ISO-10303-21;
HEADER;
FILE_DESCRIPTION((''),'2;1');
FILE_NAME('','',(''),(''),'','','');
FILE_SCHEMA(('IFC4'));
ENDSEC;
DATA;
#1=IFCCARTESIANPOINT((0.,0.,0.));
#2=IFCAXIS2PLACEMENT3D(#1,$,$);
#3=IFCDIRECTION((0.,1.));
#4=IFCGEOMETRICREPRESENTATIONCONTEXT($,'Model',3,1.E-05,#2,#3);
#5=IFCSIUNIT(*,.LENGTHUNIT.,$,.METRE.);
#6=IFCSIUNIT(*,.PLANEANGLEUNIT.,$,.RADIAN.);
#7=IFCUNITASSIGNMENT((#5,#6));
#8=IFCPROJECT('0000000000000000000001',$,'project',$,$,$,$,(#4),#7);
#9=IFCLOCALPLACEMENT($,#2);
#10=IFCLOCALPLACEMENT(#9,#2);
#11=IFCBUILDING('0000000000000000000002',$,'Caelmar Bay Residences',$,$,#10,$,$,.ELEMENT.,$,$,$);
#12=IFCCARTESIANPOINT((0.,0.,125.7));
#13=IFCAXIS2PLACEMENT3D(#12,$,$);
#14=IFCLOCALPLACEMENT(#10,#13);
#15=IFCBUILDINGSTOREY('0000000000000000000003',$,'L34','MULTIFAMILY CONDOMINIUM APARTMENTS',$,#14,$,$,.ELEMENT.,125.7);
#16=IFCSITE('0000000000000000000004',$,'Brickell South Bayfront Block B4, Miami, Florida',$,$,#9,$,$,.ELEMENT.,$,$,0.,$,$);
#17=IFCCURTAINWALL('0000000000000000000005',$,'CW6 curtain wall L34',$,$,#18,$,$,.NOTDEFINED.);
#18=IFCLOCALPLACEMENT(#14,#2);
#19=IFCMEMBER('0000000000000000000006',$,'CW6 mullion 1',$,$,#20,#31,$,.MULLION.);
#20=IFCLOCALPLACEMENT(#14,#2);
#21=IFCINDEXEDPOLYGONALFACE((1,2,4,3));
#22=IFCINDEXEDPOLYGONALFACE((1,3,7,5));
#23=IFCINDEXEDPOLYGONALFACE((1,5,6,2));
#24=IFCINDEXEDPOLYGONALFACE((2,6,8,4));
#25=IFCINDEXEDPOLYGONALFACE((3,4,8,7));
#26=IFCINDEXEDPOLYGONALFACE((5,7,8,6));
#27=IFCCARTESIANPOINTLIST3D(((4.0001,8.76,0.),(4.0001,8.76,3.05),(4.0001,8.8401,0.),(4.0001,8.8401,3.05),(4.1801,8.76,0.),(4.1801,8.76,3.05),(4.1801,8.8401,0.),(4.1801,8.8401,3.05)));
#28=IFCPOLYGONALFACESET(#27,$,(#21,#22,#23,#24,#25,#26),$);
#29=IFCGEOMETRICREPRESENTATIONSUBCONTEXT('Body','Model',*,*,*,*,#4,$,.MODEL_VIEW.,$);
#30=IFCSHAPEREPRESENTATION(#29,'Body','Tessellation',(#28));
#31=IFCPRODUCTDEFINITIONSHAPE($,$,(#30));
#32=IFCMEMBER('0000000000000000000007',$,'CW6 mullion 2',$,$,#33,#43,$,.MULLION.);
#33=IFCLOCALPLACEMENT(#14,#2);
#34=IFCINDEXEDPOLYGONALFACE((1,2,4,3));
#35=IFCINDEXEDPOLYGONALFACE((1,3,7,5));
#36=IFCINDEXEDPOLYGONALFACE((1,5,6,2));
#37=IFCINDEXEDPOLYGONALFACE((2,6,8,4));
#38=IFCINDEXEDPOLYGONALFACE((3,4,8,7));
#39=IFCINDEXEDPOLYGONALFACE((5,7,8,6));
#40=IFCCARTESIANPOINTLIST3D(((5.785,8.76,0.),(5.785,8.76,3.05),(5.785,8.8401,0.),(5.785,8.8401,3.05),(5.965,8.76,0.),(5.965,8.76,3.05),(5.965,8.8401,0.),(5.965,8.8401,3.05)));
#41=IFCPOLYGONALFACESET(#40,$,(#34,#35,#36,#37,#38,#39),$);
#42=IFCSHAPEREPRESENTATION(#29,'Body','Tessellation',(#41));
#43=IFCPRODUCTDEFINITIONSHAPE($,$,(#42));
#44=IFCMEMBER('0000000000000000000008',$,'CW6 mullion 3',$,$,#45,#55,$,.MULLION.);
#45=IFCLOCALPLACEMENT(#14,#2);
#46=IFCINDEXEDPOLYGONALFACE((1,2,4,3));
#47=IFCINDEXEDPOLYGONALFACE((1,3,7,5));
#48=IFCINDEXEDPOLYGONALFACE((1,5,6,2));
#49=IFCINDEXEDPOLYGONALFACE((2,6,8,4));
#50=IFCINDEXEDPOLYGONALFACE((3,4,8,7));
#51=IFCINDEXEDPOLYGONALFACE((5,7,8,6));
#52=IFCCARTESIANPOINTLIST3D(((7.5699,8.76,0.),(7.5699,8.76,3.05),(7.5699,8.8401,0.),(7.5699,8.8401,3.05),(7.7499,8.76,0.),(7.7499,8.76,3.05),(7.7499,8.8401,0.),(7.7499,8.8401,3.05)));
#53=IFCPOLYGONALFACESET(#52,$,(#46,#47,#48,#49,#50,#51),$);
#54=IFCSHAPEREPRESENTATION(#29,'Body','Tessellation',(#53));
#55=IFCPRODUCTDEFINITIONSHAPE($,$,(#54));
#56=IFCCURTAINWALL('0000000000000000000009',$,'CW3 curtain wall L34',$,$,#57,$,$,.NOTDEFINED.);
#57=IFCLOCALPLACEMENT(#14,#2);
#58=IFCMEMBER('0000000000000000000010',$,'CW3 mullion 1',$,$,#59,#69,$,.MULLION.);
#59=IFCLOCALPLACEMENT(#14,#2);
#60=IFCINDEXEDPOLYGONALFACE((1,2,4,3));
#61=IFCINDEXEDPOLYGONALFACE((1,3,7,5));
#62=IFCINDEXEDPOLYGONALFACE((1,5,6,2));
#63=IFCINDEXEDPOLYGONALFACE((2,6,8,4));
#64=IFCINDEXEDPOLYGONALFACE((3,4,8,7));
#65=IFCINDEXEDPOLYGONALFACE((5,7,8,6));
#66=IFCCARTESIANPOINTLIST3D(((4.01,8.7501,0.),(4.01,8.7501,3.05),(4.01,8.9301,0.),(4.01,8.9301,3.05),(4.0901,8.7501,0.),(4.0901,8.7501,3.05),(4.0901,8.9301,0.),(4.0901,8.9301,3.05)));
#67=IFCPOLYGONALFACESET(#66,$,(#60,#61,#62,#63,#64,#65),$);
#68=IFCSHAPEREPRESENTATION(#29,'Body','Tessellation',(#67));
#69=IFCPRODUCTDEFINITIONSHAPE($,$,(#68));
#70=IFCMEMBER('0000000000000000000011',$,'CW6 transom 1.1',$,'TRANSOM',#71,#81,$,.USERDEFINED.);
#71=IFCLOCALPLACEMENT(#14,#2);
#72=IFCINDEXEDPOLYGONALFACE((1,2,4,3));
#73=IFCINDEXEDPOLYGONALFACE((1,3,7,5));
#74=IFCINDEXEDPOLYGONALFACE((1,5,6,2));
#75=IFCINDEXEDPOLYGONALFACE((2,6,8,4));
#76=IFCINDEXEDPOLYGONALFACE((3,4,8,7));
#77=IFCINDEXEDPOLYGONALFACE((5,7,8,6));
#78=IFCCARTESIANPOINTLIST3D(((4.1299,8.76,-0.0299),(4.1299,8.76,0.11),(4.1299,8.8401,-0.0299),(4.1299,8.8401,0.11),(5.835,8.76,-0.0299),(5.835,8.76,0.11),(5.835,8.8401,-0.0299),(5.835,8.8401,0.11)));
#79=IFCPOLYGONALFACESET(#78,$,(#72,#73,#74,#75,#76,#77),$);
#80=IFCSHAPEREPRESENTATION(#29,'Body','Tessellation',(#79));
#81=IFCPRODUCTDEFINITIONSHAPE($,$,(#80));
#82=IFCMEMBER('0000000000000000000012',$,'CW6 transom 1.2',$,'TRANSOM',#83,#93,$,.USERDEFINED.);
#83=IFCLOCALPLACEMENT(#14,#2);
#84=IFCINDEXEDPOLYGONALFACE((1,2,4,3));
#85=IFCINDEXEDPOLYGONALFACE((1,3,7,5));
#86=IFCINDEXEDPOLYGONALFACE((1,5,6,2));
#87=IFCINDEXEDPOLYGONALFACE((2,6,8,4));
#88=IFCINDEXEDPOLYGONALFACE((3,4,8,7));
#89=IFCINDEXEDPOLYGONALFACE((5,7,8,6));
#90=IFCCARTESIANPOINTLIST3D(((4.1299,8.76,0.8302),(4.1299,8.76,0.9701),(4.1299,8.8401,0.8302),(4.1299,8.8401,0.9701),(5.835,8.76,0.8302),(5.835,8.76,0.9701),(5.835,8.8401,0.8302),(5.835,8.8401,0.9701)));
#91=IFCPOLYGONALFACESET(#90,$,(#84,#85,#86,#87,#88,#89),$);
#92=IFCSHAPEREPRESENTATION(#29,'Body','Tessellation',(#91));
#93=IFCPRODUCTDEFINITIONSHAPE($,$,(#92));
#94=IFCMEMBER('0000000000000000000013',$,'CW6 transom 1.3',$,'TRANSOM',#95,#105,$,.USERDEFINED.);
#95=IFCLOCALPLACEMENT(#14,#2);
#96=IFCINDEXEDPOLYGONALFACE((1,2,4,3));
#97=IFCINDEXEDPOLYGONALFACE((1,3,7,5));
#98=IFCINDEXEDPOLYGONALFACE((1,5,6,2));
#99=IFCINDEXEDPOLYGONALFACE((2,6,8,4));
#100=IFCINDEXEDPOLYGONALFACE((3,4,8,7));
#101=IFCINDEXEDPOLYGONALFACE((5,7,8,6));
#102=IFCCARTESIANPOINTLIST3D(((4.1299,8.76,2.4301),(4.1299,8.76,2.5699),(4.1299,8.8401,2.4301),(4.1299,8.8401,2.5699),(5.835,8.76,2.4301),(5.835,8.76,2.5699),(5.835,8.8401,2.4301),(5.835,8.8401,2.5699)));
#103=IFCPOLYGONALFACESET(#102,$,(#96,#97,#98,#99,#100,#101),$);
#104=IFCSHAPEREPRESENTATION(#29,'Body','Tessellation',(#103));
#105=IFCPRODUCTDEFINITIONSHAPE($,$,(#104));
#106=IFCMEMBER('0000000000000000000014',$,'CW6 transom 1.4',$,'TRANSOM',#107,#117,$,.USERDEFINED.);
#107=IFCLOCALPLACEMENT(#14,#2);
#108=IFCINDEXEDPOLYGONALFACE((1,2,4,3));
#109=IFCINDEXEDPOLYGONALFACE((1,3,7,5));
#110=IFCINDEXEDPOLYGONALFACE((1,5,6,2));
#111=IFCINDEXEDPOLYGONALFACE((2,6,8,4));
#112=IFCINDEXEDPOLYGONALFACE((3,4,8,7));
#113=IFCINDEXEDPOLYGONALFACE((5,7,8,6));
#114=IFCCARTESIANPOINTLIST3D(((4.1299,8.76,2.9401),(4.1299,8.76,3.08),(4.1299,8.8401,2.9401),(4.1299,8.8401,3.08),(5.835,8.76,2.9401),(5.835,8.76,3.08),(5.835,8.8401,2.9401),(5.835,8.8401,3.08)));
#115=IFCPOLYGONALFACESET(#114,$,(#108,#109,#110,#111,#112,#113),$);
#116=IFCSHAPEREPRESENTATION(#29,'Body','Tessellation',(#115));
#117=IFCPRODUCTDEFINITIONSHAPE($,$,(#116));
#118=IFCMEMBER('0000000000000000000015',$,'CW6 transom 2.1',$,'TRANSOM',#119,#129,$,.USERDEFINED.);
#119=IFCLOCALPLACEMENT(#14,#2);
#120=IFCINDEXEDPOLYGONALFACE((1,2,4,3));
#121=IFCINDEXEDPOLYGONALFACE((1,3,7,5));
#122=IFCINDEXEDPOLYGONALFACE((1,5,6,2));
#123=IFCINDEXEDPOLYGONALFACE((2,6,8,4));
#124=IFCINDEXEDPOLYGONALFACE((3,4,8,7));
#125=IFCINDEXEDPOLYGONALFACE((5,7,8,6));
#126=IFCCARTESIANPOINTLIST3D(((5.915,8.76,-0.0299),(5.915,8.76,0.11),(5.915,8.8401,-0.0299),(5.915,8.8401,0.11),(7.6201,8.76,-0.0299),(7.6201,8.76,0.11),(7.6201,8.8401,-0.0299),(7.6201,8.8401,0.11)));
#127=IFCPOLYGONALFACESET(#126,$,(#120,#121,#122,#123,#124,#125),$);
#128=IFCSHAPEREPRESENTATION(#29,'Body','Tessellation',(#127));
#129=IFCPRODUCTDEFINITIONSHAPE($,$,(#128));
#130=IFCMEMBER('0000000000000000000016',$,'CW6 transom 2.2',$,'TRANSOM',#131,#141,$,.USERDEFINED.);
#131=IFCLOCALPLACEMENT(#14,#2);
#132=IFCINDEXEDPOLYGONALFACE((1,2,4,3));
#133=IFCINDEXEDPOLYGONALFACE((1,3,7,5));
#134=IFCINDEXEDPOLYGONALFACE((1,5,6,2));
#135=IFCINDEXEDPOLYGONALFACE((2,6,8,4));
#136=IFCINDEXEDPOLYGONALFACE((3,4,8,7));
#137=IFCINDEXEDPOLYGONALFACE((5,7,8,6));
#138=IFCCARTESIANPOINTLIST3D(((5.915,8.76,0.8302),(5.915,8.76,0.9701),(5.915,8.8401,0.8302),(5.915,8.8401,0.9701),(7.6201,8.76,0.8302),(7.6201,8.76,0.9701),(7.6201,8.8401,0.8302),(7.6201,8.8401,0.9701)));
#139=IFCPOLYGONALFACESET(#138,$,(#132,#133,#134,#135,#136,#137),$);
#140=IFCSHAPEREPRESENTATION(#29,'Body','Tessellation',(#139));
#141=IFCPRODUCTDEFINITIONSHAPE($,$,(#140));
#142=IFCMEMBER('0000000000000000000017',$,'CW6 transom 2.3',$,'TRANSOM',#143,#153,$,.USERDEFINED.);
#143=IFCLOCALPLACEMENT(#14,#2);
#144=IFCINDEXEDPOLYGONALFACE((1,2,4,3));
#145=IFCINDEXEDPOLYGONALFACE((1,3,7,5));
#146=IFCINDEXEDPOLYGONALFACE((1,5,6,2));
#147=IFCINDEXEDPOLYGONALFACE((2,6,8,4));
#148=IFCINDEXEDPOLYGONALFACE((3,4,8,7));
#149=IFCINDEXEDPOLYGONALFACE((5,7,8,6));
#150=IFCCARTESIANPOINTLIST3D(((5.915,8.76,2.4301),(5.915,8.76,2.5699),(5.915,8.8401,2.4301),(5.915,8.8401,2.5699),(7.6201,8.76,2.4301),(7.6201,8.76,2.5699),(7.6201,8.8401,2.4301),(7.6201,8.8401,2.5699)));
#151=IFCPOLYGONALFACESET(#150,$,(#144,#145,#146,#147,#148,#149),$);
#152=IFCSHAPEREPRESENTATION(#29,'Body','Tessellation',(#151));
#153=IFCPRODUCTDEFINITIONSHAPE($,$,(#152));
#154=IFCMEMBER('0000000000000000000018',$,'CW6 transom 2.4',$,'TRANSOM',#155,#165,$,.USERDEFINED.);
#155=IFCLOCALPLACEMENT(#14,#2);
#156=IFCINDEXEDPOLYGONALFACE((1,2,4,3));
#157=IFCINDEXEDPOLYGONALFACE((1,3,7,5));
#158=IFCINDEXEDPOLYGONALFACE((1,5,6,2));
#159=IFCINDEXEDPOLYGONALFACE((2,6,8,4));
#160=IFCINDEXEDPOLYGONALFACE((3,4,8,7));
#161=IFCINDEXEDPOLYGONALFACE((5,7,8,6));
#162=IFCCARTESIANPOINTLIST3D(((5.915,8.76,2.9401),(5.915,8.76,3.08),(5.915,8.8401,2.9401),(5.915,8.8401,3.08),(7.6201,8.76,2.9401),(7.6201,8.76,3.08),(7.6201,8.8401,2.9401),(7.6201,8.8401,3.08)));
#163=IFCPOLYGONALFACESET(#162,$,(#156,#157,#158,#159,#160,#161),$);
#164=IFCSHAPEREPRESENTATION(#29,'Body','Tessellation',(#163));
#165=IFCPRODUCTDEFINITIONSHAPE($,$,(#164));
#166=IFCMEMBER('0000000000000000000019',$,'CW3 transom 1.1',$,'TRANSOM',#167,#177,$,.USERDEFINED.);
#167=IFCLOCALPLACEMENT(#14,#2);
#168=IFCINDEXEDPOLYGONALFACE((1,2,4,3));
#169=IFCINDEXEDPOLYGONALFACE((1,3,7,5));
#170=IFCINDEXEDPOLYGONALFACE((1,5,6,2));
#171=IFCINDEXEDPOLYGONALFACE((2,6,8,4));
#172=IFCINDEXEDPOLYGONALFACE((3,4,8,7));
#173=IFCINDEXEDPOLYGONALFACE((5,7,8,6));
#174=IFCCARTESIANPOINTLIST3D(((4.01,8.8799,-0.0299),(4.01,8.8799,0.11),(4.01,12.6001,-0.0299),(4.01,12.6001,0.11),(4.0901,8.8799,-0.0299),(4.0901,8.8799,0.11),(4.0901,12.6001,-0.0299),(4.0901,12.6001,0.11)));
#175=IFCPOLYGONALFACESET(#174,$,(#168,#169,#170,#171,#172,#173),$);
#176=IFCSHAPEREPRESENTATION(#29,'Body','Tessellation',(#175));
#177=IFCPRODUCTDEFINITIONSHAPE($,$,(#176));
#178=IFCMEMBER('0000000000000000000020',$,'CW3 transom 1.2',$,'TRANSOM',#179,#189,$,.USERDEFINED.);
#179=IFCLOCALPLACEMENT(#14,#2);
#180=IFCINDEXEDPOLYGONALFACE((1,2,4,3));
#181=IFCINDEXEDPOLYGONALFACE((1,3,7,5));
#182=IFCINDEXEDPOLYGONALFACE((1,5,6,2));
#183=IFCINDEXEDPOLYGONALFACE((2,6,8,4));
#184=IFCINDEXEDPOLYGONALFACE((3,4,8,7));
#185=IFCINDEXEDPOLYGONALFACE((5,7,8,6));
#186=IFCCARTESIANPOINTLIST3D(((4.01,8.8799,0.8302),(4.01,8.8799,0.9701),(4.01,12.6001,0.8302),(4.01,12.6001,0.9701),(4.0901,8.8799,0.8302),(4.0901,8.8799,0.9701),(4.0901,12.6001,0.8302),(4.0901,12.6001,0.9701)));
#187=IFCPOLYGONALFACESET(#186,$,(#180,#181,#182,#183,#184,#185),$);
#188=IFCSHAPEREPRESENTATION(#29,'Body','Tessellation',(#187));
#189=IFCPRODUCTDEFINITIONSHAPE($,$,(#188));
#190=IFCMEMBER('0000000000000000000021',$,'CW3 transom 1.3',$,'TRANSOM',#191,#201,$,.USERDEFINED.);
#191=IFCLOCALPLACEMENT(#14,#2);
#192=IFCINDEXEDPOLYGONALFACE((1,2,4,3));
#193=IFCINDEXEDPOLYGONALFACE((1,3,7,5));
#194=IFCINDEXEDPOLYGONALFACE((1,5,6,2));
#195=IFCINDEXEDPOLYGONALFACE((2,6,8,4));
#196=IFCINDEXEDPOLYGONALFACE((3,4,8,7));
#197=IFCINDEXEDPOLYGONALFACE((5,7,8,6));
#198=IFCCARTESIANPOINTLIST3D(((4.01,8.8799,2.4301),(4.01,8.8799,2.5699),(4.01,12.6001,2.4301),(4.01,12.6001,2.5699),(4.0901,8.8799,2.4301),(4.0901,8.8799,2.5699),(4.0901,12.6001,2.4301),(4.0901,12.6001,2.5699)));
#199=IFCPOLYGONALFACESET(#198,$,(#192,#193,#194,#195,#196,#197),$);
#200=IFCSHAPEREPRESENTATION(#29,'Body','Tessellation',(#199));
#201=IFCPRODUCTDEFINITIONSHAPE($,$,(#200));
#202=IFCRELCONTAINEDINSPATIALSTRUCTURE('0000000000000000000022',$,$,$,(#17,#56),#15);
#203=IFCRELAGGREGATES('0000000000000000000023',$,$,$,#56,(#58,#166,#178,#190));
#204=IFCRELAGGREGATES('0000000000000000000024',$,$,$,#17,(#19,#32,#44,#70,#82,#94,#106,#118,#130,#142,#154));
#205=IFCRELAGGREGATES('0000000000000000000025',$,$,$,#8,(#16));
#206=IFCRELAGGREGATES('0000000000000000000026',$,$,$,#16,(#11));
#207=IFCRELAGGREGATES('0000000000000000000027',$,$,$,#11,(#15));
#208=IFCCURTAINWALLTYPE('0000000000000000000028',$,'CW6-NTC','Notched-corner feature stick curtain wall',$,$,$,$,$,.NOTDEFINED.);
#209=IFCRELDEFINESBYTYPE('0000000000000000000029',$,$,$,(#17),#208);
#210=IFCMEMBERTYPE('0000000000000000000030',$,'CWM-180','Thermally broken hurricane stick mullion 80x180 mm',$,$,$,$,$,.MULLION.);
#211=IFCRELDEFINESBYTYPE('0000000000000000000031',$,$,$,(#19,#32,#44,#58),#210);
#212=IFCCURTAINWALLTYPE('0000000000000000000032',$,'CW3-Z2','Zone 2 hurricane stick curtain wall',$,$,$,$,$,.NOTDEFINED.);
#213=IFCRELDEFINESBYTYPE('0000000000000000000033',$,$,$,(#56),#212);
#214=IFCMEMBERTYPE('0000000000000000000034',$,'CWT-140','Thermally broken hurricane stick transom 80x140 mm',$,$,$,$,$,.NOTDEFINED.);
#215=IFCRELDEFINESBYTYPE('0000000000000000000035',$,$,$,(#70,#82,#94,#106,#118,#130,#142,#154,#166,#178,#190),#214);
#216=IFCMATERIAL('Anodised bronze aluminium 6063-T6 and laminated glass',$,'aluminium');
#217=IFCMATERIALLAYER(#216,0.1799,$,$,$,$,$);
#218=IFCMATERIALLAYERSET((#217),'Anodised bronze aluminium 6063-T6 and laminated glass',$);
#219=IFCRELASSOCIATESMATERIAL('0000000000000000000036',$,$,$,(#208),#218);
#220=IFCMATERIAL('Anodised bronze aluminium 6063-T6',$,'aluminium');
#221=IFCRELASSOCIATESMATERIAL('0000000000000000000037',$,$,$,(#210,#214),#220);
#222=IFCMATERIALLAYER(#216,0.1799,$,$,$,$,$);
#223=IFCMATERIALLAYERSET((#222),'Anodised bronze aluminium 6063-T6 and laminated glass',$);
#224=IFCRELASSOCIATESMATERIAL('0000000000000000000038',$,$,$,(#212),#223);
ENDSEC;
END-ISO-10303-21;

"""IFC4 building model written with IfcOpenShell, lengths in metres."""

from ifc_helpers import new_model, si_unit, direction, frame, origin, origin_2d, place, context, subcontext, project, spatial, rectangle, extrude, material, layer, layer_set, material_profile, profile_set, type_object, element, aggregate, save


model = new_model("IFC4")

# Units and contexts
model_context = context("Model", 3, precision=1e-05, world=origin(), true_north=direction((0.0, 1.0)))
body_context = subcontext(model_context, "Body", "Model", "MODEL_VIEW")
ifc_project = project(units=[si_unit("LENGTHUNIT", "METRE"), si_unit("PLANEANGLEUNIT", "RADIAN")], contexts=[model_context])

# Site, building, storey
site_placement = place(None, origin())
site = spatial("IfcSite", under=ifc_project, at=site_placement, Name="Brickell South Bayfront Block B4, Miami, Florida", CompositionType="ELEMENT", RefElevation=0.0)
building_placement = place(site_placement, origin())
building = spatial("IfcBuilding", under=site, at=building_placement, Name="Caelmar Bay Residences", CompositionType="ELEMENT")
storey_placement = place(building_placement, frame((0.0, 0.0, 125.7)))
storey = spatial("IfcBuildingStorey", under=building, at=storey_placement, Name="L34", Description="MULTIFAMILY CONDOMINIUM APARTMENTS", CompositionType="ELEMENT", Elevation=125.7)

# Curtain wall, members
ifc_material_1 = material(Name="Anodised bronze aluminium 6063-T6 and laminated glass", Category="aluminium")
ifc_layer_1 = layer(ifc_material_1, 0.1799)
ifc_layer_set_1 = layer_set([ifc_layer_1], Name="Anodised bronze aluminium 6063-T6 and laminated glass")
curtain_wall_type_1 = type_object("IfcCurtainWallType", Name="CW6-NTC", Description="Notched-corner feature stick curtain wall", PredefinedType="NOTDEFINED", material=ifc_layer_set_1)
curtain_wall_1_placement = place(storey_placement, origin())
curtain_wall_1 = element("IfcCurtainWall", 1, at=curtain_wall_1_placement, inside=storey, type_object=curtain_wall_type_1, Name="CW6 curtain wall L34", PredefinedType="NOTDEFINED")
ifc_material_2 = material(Name="Anodised bronze aluminium 6063-T6", Category="aluminium")
ifc_material_profile_1 = material_profile(ifc_material_2, rectangle(XDim=0.0801, YDim=0.1799, at=origin_2d()), Name="CWM-80X180")
ifc_profile_set_1 = profile_set([ifc_material_profile_1], Name="Anodised bronze aluminium 6063-T6")
member_type_1 = type_object("IfcMemberType", Name="CWM-180", Description="Thermally broken hurricane stick mullion 80x180 mm", PredefinedType="MULLION", material=ifc_profile_set_1)
member_1_placement = place(storey_placement, frame((4.0901, 8.8, 0.0), z_axis=(0.0, 0.0, 1.0), x_axis=(0.0, 1.0, 0.0)))
member_1 = element("IfcMember", 2, at=member_1_placement, type_object=member_type_1, Name="CW6 mullion 1", PredefinedType="MULLION", context=body_context, shape_type="SweptSolid", body=[
    extrude(rectangle(XDim=0.0801, YDim=0.1799, at=origin_2d()), origin(), (0.0, 0.0, 1.0), 3.05),
])
member_2_placement = place(storey_placement, frame((5.875, 8.8, 0.0), z_axis=(0.0, 0.0, 1.0), x_axis=(0.0, 1.0, 0.0)))
member_2 = element("IfcMember", 3, at=member_2_placement, type_object=member_type_1, Name="CW6 mullion 2", PredefinedType="MULLION", context=body_context, shape_type="SweptSolid", body=[
    extrude(rectangle(XDim=0.0801, YDim=0.1799, at=origin_2d()), origin(), (0.0, 0.0, 1.0), 3.05),
])
member_3_placement = place(storey_placement, frame((7.6599, 8.8, 0.0), z_axis=(0.0, 0.0, 1.0), x_axis=(0.0, 1.0, 0.0)))
member_3 = element("IfcMember", 4, at=member_3_placement, type_object=member_type_1, Name="CW6 mullion 3", PredefinedType="MULLION", context=body_context, shape_type="SweptSolid", body=[
    extrude(rectangle(XDim=0.0801, YDim=0.1799, at=origin_2d()), origin(), (0.0, 0.0, 1.0), 3.05),
])

# Curtain wall, member
ifc_layer_2 = layer(ifc_material_1, 0.1799)
ifc_layer_set_2 = layer_set([ifc_layer_2], Name="Anodised bronze aluminium 6063-T6 and laminated glass")
curtain_wall_type_2 = type_object("IfcCurtainWallType", Name="CW3-Z2", Description="Zone 2 hurricane stick curtain wall", PredefinedType="NOTDEFINED", material=ifc_layer_set_2)
curtain_wall_2_placement = place(storey_placement, origin())
curtain_wall_2 = element("IfcCurtainWall", 5, at=curtain_wall_2_placement, inside=storey, type_object=curtain_wall_type_2, Name="CW3 curtain wall L34", PredefinedType="NOTDEFINED")
member_4_placement = place(storey_placement, frame((4.05, 8.8401, 0.0), z_axis=(0.0, 0.0, 1.0), x_axis=(-1.0, 0.0, 0.0)))
member_4 = element("IfcMember", 6, at=member_4_placement, type_object=member_type_1, Name="CW3 mullion 1", PredefinedType="MULLION", context=body_context, shape_type="SweptSolid", body=[
    extrude(rectangle(XDim=0.0801, YDim=0.1799, at=origin_2d()), origin(), (0.0, 0.0, 1.0), 3.05),
])

# Members
ifc_material_profile_2 = material_profile(ifc_material_2, rectangle(XDim=0.0801, YDim=0.1399, at=origin_2d()), Name="CWT-80X140")
ifc_profile_set_2 = profile_set([ifc_material_profile_2], Name="Anodised bronze aluminium 6063-T6")
member_type_2 = type_object("IfcMemberType", Name="CWT-140", Description="Thermally broken hurricane stick transom 80x140 mm", PredefinedType="NOTDEFINED", material=ifc_profile_set_2)
member_5_placement = place(storey_placement, frame((4.1299, 8.8, 0.04), z_axis=(1.0, 0.0, 0.0), x_axis=(0.0, 1.0, 0.0)))
member_5 = element("IfcMember", 7, at=member_5_placement, type_object=member_type_2, Name="CW6 transom 1.1", ObjectType="TRANSOM", PredefinedType="USERDEFINED", context=body_context, shape_type="SweptSolid", body=[
    extrude(rectangle(XDim=0.0801, YDim=0.1399, at=origin_2d()), origin(), (0.0, 0.0, 1.0), 1.7051),
])
member_6_placement = place(storey_placement, frame((4.1299, 8.8, 0.9001), z_axis=(1.0, 0.0, 0.0), x_axis=(0.0, 1.0, 0.0)))
member_6 = element("IfcMember", 8, at=member_6_placement, type_object=member_type_2, Name="CW6 transom 1.2", ObjectType="TRANSOM", PredefinedType="USERDEFINED", context=body_context, shape_type="SweptSolid", body=[
    extrude(rectangle(XDim=0.0801, YDim=0.1399, at=origin_2d()), origin(), (0.0, 0.0, 1.0), 1.7051),
])
member_7_placement = place(storey_placement, frame((4.1299, 8.8, 2.5), z_axis=(1.0, 0.0, 0.0), x_axis=(0.0, 1.0, 0.0)))
member_7 = element("IfcMember", 9, at=member_7_placement, type_object=member_type_2, Name="CW6 transom 1.3", ObjectType="TRANSOM", PredefinedType="USERDEFINED", context=body_context, shape_type="SweptSolid", body=[
    extrude(rectangle(XDim=0.0801, YDim=0.1399, at=origin_2d()), origin(), (0.0, 0.0, 1.0), 1.7051),
])
member_8_placement = place(storey_placement, frame((4.1299, 8.8, 3.01), z_axis=(1.0, 0.0, 0.0), x_axis=(0.0, 1.0, 0.0)))
member_8 = element("IfcMember", 10, at=member_8_placement, type_object=member_type_2, Name="CW6 transom 1.4", ObjectType="TRANSOM", PredefinedType="USERDEFINED", context=body_context, shape_type="SweptSolid", body=[
    extrude(rectangle(XDim=0.0801, YDim=0.1399, at=origin_2d()), origin(), (0.0, 0.0, 1.0), 1.7051),
])
member_9_placement = place(storey_placement, frame((5.915, 8.8, 0.04), z_axis=(1.0, 0.0, 0.0), x_axis=(0.0, 1.0, 0.0)))
member_9 = element("IfcMember", 11, at=member_9_placement, type_object=member_type_2, Name="CW6 transom 2.1", ObjectType="TRANSOM", PredefinedType="USERDEFINED", context=body_context, shape_type="SweptSolid", body=[
    extrude(rectangle(XDim=0.0801, YDim=0.1399, at=origin_2d()), origin(), (0.0, 0.0, 1.0), 1.7051),
])
member_10_placement = place(storey_placement, frame((5.915, 8.8, 0.9001), z_axis=(1.0, 0.0, 0.0), x_axis=(0.0, 1.0, 0.0)))
member_10 = element("IfcMember", 12, at=member_10_placement, type_object=member_type_2, Name="CW6 transom 2.2", ObjectType="TRANSOM", PredefinedType="USERDEFINED", context=body_context, shape_type="SweptSolid", body=[
    extrude(rectangle(XDim=0.0801, YDim=0.1399, at=origin_2d()), origin(), (0.0, 0.0, 1.0), 1.7051),
])
member_11_placement = place(storey_placement, frame((5.915, 8.8, 2.5), z_axis=(1.0, 0.0, 0.0), x_axis=(0.0, 1.0, 0.0)))
member_11 = element("IfcMember", 13, at=member_11_placement, type_object=member_type_2, Name="CW6 transom 2.3", ObjectType="TRANSOM", PredefinedType="USERDEFINED", context=body_context, shape_type="SweptSolid", body=[
    extrude(rectangle(XDim=0.0801, YDim=0.1399, at=origin_2d()), origin(), (0.0, 0.0, 1.0), 1.7051),
])
member_12_placement = place(storey_placement, frame((5.915, 8.8, 3.01), z_axis=(1.0, 0.0, 0.0), x_axis=(0.0, 1.0, 0.0)))
member_12 = element("IfcMember", 14, at=member_12_placement, type_object=member_type_2, Name="CW6 transom 2.4", ObjectType="TRANSOM", PredefinedType="USERDEFINED", context=body_context, shape_type="SweptSolid", body=[
    extrude(rectangle(XDim=0.0801, YDim=0.1399, at=origin_2d()), origin(), (0.0, 0.0, 1.0), 1.7051),
])
member_13_placement = place(storey_placement, frame((4.05, 8.8799, 0.04), z_axis=(0.0, 1.0, 0.0), x_axis=(-1.0, 0.0, 0.0)))
member_13 = element("IfcMember", 15, at=member_13_placement, type_object=member_type_2, Name="CW3 transom 1.1", ObjectType="TRANSOM", PredefinedType="USERDEFINED", context=body_context, shape_type="SweptSolid", body=[
    extrude(rectangle(XDim=0.0801, YDim=0.1399, at=origin_2d()), origin(), (0.0, 0.0, 1.0), 3.7202),
])
member_14_placement = place(storey_placement, frame((4.05, 8.8799, 0.9001), z_axis=(0.0, 1.0, 0.0), x_axis=(-1.0, 0.0, 0.0)))
member_14 = element("IfcMember", 16, at=member_14_placement, type_object=member_type_2, Name="CW3 transom 1.2", ObjectType="TRANSOM", PredefinedType="USERDEFINED", context=body_context, shape_type="SweptSolid", body=[
    extrude(rectangle(XDim=0.0801, YDim=0.1399, at=origin_2d()), origin(), (0.0, 0.0, 1.0), 3.7202),
])
member_15_placement = place(storey_placement, frame((4.05, 8.8799, 2.5), z_axis=(0.0, 1.0, 0.0), x_axis=(-1.0, 0.0, 0.0)))
member_15 = element("IfcMember", 17, at=member_15_placement, type_object=member_type_2, Name="CW3 transom 1.3", ObjectType="TRANSOM", PredefinedType="USERDEFINED", context=body_context, shape_type="SweptSolid", body=[
    extrude(rectangle(XDim=0.0801, YDim=0.1399, at=origin_2d()), origin(), (0.0, 0.0, 1.0), 3.7202),
])
aggregate(curtain_wall_2, [member_4, member_13, member_14, member_15])

aggregate(curtain_wall_1, [member_1, member_2, member_3, member_5, member_6, member_7, member_8, member_9, member_10, member_11, member_12])

save(model, "model.ifc")
